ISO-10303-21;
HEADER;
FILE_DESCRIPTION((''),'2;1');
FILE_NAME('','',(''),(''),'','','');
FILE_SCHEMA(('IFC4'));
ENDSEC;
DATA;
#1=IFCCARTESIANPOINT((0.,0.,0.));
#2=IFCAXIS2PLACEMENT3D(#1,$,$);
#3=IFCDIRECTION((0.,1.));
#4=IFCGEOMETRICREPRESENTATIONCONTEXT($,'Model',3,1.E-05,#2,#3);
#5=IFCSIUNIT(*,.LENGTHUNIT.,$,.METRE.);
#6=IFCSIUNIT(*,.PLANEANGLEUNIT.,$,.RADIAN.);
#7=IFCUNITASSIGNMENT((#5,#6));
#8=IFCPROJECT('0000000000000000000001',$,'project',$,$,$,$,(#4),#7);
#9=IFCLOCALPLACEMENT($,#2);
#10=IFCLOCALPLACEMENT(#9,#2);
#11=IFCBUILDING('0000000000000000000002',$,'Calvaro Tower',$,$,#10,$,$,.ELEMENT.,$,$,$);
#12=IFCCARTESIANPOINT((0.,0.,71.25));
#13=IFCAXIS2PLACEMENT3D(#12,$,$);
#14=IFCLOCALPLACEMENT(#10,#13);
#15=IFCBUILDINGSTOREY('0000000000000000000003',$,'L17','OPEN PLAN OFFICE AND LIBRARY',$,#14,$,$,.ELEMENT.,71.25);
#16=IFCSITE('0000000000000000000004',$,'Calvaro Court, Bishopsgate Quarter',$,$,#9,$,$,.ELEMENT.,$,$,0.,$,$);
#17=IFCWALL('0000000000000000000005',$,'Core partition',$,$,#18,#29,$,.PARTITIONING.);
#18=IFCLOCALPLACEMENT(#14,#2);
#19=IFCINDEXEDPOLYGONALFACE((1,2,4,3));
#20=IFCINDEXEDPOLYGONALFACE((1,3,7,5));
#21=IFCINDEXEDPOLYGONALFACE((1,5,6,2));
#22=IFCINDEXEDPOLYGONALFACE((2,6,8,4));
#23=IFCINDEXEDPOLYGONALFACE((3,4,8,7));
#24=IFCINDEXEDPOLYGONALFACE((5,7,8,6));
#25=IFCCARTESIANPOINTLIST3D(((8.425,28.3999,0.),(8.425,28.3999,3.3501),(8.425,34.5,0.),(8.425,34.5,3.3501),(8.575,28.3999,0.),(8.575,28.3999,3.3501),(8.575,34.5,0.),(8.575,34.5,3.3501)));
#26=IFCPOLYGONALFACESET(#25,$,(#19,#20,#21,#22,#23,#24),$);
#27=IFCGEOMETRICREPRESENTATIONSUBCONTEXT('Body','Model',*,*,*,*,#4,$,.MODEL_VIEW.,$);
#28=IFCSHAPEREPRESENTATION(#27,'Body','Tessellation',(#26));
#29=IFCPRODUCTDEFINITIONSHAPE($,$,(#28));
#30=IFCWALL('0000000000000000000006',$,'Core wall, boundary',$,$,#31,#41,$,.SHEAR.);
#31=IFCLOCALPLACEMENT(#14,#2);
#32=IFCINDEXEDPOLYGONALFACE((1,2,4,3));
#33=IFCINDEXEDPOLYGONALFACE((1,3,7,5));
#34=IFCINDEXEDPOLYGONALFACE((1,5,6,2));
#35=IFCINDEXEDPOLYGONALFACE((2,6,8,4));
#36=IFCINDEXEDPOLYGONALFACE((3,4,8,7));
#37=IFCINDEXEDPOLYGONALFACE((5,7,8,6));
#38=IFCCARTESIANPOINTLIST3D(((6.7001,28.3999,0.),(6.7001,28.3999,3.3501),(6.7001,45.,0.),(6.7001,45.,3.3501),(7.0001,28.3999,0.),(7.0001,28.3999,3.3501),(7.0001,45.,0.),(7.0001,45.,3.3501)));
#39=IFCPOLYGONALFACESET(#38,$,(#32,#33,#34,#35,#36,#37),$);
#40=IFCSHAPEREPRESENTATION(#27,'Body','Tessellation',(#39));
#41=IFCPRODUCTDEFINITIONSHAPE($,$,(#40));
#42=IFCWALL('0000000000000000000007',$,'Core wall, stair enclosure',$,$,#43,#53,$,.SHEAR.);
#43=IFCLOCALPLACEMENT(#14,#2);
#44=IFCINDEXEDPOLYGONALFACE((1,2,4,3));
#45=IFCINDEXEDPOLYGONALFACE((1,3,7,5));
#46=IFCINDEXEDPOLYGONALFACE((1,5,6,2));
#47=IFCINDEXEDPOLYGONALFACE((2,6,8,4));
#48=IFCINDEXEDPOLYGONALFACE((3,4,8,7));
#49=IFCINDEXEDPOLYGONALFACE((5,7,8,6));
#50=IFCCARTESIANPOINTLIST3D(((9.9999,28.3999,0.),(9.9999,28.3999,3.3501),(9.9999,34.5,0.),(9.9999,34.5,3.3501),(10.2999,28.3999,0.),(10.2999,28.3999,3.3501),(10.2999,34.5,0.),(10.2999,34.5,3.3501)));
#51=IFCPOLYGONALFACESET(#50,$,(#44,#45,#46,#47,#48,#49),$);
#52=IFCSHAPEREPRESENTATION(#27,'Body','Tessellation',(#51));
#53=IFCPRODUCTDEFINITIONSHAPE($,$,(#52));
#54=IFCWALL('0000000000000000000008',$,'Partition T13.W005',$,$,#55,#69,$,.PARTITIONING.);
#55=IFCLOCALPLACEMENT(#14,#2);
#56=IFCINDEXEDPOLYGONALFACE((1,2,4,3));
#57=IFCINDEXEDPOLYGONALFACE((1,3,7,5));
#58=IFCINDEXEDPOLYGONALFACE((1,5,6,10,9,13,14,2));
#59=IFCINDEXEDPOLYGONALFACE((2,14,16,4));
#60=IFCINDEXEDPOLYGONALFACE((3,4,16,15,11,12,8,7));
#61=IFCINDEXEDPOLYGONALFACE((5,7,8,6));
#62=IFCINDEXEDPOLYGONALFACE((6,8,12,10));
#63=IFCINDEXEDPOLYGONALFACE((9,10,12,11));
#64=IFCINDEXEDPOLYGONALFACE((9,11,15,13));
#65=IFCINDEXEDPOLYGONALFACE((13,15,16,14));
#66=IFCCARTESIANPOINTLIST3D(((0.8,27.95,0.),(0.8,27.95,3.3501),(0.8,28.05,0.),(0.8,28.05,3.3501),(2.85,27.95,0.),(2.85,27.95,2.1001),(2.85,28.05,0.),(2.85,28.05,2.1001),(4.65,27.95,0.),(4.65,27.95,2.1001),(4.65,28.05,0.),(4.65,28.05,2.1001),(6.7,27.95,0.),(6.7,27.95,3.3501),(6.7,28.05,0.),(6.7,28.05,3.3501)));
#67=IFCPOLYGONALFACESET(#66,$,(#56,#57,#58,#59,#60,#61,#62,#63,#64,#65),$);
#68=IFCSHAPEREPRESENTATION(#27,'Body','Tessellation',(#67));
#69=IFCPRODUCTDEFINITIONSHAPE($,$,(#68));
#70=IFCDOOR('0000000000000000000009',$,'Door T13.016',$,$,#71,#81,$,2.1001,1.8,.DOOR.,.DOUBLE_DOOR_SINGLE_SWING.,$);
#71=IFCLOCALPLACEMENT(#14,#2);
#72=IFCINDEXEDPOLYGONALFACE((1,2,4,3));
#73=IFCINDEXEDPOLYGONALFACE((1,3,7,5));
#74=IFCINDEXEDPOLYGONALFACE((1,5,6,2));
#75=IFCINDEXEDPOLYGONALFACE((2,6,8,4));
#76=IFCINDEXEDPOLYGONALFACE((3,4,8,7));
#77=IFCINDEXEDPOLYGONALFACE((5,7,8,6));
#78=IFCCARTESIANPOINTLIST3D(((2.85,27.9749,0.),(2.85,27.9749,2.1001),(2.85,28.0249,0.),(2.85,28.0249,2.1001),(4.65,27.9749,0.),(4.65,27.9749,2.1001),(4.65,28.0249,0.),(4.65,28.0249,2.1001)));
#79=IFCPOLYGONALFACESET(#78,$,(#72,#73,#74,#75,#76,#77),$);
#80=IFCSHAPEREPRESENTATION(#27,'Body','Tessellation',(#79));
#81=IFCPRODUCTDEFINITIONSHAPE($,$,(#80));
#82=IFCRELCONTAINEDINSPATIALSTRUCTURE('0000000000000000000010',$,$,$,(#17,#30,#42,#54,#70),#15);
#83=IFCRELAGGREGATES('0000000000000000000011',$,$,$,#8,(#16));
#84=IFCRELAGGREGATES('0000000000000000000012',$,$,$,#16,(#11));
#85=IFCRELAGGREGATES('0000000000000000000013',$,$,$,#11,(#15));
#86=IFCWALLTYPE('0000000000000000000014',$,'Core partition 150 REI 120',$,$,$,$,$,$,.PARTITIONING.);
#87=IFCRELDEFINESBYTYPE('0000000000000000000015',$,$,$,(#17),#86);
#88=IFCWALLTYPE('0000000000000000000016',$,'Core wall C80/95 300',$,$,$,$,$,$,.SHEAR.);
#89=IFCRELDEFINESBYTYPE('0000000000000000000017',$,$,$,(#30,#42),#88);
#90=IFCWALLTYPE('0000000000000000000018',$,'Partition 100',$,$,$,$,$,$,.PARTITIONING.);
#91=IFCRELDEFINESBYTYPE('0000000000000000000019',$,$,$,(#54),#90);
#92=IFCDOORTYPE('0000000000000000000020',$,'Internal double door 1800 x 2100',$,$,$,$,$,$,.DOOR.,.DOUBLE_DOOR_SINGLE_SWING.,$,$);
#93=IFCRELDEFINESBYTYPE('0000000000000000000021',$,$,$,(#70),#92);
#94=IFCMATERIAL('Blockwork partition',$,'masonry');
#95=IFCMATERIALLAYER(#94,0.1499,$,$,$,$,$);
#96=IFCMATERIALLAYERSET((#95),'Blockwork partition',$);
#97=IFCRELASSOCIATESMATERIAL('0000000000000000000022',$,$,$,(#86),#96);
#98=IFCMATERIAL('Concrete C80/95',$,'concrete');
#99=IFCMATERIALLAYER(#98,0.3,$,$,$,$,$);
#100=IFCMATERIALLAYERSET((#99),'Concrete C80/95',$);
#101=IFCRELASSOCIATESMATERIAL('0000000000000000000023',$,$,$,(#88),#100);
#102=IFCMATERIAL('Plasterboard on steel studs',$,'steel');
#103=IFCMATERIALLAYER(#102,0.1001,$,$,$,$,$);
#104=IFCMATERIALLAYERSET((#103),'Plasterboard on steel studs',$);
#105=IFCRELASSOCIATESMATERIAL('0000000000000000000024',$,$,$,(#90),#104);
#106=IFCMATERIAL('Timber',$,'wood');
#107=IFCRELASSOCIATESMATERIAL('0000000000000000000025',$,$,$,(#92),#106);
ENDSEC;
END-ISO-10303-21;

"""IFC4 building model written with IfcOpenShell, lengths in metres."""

from ifc_helpers import new_model, si_unit, direction, frame, frame_2d, origin, place, context, subcontext, project, spatial, rectangle, extrude, material, layer, layer_set, type_object, element, fill, save


model = new_model("IFC4")

# Units and contexts
model_context = context("Model", 3, precision=1e-05, world=origin(), true_north=direction((0.0, 1.0)))
body_context = subcontext(model_context, "Body", "Model", "MODEL_VIEW")
ifc_project = project(units=[si_unit("LENGTHUNIT", "METRE"), si_unit("PLANEANGLEUNIT", "RADIAN")], contexts=[model_context])

# Site, building, storey
site_placement = place(None, origin())
site = spatial("IfcSite", under=ifc_project, at=site_placement, Name="Calvaro Court, Bishopsgate Quarter", CompositionType="ELEMENT", RefElevation=0.0)
building_placement = place(site_placement, origin())
building = spatial("IfcBuilding", under=site, at=building_placement, Name="Calvaro Tower", CompositionType="ELEMENT")
storey_placement = place(building_placement, frame((0.0, 0.0, 71.25)))
storey = spatial("IfcBuildingStorey", under=building, at=storey_placement, Name="L17", Description="OPEN PLAN OFFICE AND LIBRARY", CompositionType="ELEMENT", Elevation=71.25)

# Walls
ifc_material_1 = material(Name="Blockwork partition", Category="masonry")
ifc_layer_1 = layer(ifc_material_1, 0.1499)
ifc_layer_set_1 = layer_set([ifc_layer_1], Name="Blockwork partition")
wall_type_1 = type_object("IfcWallType", Name="Core partition 150 REI 120", PredefinedType="PARTITIONING", material=ifc_layer_set_1)
wall_1_placement = place(storey_placement, frame((8.5, 28.3999, 0.0), z_axis=(0.0, 0.0, 1.0), x_axis=(0.0, 1.0, 0.0)))
element("IfcWall", 1, at=wall_1_placement, inside=storey, type_object=wall_type_1, Name="Core partition", PredefinedType="PARTITIONING", context=body_context, shape_type="SweptSolid", body=[
    extrude(rectangle(XDim=6.1001, YDim=0.1499, at=frame_2d((3.05, 0.0))), origin(), (0.0, 0.0, 1.0), 3.3501),
])
ifc_material_2 = material(Name="Concrete C80/95", Category="concrete")
ifc_layer_2 = layer(ifc_material_2, 0.3)
ifc_layer_set_2 = layer_set([ifc_layer_2], Name="Concrete C80/95")
wall_type_2 = type_object("IfcWallType", Name="Core wall C80/95 300", PredefinedType="SHEAR", material=ifc_layer_set_2)
wall_2_placement = place(storey_placement, frame((6.8501, 28.3999, 0.0), z_axis=(0.0, 0.0, 1.0), x_axis=(0.0, 1.0, 0.0)))
element("IfcWall", 2, at=wall_2_placement, inside=storey, type_object=wall_type_2, Name="Core wall, boundary", PredefinedType="SHEAR", context=body_context, shape_type="SweptSolid", body=[
    extrude(rectangle(XDim=16.6001, YDim=0.3, at=frame_2d((8.3, 0.0))), origin(), (0.0, 0.0, 1.0), 3.3501),
])
wall_3_placement = place(storey_placement, frame((10.1499, 28.3999, 0.0), z_axis=(0.0, 0.0, 1.0), x_axis=(0.0, 1.0, 0.0)))
element("IfcWall", 3, at=wall_3_placement, inside=storey, type_object=wall_type_2, Name="Core wall, stair enclosure", PredefinedType="SHEAR", context=body_context, shape_type="SweptSolid", body=[
    extrude(rectangle(XDim=6.1001, YDim=0.3, at=frame_2d((3.05, 0.0))), origin(), (0.0, 0.0, 1.0), 3.3501),
])

# Wall, opening, door
ifc_material_3 = material(Name="Plasterboard on steel studs", Category="steel")
ifc_layer_3 = layer(ifc_material_3, 0.1001)
ifc_layer_set_3 = layer_set([ifc_layer_3], Name="Plasterboard on steel studs")
wall_type_3 = type_object("IfcWallType", Name="Partition 100", PredefinedType="PARTITIONING", material=ifc_layer_set_3)
wall_4_placement = place(storey_placement, frame((0.8, 28.0, 0.0), z_axis=(0.0, 0.0, 1.0), x_axis=(1.0, 0.0, 0.0)))
wall_4 = element("IfcWall", 4, at=wall_4_placement, inside=storey, type_object=wall_type_3, Name="Partition T13.W005", PredefinedType="PARTITIONING", context=body_context, shape_type="SweptSolid", body=[
    extrude(rectangle(XDim=5.8999, YDim=0.1001, at=frame_2d((2.95, 0.0))), origin(), (0.0, 0.0, 1.0), 3.3501),
])
opening_1_placement = place(wall_4_placement, frame((2.05, 0.0, 0.0)))
opening_1 = element("IfcOpeningElement", 5, at=opening_1_placement, cuts=wall_4, PredefinedType="OPENING", context=body_context, shape_type="SweptSolid", body=[
    extrude(rectangle(XDim=1.8, YDim=2.1001, at=frame_2d((0.8999, 1.05))), frame((0.0, 0.0601, 0.0), z_axis=(0.0, -1.0, 0.0), x_axis=(1.0, 0.0, 0.0)), (0.0, 0.0, 1.0), 0.1201),
])
ifc_material_4 = material(Name="Timber", Category="wood")
door_type_1 = type_object("IfcDoorType", Name="Internal double door 1800 x 2100", OperationType="DOUBLE_DOOR_SINGLE_SWING", PredefinedType="DOOR", material=ifc_material_4)
door_1_placement = place(opening_1_placement, origin())
door_1 = element("IfcDoor", 6, at=door_1_placement, inside=storey, type_object=door_type_1, Name="Door T13.016", OperationType="DOUBLE_DOOR_SINGLE_SWING", OverallHeight=2.1001, OverallWidth=1.8, PredefinedType="DOOR", context=body_context, shape_type="SweptSolid", body=[
    extrude(rectangle(XDim=1.8, YDim=2.1001, at=frame_2d((0.8999, 1.05))), frame((0.0, 0.0249, 0.0), z_axis=(0.0, -1.0, 0.0), x_axis=(1.0, 0.0, 0.0)), (0.0, 0.0, 1.0), 0.05),
])
fill(opening_1, door_1)

save(model, "model.ifc")
